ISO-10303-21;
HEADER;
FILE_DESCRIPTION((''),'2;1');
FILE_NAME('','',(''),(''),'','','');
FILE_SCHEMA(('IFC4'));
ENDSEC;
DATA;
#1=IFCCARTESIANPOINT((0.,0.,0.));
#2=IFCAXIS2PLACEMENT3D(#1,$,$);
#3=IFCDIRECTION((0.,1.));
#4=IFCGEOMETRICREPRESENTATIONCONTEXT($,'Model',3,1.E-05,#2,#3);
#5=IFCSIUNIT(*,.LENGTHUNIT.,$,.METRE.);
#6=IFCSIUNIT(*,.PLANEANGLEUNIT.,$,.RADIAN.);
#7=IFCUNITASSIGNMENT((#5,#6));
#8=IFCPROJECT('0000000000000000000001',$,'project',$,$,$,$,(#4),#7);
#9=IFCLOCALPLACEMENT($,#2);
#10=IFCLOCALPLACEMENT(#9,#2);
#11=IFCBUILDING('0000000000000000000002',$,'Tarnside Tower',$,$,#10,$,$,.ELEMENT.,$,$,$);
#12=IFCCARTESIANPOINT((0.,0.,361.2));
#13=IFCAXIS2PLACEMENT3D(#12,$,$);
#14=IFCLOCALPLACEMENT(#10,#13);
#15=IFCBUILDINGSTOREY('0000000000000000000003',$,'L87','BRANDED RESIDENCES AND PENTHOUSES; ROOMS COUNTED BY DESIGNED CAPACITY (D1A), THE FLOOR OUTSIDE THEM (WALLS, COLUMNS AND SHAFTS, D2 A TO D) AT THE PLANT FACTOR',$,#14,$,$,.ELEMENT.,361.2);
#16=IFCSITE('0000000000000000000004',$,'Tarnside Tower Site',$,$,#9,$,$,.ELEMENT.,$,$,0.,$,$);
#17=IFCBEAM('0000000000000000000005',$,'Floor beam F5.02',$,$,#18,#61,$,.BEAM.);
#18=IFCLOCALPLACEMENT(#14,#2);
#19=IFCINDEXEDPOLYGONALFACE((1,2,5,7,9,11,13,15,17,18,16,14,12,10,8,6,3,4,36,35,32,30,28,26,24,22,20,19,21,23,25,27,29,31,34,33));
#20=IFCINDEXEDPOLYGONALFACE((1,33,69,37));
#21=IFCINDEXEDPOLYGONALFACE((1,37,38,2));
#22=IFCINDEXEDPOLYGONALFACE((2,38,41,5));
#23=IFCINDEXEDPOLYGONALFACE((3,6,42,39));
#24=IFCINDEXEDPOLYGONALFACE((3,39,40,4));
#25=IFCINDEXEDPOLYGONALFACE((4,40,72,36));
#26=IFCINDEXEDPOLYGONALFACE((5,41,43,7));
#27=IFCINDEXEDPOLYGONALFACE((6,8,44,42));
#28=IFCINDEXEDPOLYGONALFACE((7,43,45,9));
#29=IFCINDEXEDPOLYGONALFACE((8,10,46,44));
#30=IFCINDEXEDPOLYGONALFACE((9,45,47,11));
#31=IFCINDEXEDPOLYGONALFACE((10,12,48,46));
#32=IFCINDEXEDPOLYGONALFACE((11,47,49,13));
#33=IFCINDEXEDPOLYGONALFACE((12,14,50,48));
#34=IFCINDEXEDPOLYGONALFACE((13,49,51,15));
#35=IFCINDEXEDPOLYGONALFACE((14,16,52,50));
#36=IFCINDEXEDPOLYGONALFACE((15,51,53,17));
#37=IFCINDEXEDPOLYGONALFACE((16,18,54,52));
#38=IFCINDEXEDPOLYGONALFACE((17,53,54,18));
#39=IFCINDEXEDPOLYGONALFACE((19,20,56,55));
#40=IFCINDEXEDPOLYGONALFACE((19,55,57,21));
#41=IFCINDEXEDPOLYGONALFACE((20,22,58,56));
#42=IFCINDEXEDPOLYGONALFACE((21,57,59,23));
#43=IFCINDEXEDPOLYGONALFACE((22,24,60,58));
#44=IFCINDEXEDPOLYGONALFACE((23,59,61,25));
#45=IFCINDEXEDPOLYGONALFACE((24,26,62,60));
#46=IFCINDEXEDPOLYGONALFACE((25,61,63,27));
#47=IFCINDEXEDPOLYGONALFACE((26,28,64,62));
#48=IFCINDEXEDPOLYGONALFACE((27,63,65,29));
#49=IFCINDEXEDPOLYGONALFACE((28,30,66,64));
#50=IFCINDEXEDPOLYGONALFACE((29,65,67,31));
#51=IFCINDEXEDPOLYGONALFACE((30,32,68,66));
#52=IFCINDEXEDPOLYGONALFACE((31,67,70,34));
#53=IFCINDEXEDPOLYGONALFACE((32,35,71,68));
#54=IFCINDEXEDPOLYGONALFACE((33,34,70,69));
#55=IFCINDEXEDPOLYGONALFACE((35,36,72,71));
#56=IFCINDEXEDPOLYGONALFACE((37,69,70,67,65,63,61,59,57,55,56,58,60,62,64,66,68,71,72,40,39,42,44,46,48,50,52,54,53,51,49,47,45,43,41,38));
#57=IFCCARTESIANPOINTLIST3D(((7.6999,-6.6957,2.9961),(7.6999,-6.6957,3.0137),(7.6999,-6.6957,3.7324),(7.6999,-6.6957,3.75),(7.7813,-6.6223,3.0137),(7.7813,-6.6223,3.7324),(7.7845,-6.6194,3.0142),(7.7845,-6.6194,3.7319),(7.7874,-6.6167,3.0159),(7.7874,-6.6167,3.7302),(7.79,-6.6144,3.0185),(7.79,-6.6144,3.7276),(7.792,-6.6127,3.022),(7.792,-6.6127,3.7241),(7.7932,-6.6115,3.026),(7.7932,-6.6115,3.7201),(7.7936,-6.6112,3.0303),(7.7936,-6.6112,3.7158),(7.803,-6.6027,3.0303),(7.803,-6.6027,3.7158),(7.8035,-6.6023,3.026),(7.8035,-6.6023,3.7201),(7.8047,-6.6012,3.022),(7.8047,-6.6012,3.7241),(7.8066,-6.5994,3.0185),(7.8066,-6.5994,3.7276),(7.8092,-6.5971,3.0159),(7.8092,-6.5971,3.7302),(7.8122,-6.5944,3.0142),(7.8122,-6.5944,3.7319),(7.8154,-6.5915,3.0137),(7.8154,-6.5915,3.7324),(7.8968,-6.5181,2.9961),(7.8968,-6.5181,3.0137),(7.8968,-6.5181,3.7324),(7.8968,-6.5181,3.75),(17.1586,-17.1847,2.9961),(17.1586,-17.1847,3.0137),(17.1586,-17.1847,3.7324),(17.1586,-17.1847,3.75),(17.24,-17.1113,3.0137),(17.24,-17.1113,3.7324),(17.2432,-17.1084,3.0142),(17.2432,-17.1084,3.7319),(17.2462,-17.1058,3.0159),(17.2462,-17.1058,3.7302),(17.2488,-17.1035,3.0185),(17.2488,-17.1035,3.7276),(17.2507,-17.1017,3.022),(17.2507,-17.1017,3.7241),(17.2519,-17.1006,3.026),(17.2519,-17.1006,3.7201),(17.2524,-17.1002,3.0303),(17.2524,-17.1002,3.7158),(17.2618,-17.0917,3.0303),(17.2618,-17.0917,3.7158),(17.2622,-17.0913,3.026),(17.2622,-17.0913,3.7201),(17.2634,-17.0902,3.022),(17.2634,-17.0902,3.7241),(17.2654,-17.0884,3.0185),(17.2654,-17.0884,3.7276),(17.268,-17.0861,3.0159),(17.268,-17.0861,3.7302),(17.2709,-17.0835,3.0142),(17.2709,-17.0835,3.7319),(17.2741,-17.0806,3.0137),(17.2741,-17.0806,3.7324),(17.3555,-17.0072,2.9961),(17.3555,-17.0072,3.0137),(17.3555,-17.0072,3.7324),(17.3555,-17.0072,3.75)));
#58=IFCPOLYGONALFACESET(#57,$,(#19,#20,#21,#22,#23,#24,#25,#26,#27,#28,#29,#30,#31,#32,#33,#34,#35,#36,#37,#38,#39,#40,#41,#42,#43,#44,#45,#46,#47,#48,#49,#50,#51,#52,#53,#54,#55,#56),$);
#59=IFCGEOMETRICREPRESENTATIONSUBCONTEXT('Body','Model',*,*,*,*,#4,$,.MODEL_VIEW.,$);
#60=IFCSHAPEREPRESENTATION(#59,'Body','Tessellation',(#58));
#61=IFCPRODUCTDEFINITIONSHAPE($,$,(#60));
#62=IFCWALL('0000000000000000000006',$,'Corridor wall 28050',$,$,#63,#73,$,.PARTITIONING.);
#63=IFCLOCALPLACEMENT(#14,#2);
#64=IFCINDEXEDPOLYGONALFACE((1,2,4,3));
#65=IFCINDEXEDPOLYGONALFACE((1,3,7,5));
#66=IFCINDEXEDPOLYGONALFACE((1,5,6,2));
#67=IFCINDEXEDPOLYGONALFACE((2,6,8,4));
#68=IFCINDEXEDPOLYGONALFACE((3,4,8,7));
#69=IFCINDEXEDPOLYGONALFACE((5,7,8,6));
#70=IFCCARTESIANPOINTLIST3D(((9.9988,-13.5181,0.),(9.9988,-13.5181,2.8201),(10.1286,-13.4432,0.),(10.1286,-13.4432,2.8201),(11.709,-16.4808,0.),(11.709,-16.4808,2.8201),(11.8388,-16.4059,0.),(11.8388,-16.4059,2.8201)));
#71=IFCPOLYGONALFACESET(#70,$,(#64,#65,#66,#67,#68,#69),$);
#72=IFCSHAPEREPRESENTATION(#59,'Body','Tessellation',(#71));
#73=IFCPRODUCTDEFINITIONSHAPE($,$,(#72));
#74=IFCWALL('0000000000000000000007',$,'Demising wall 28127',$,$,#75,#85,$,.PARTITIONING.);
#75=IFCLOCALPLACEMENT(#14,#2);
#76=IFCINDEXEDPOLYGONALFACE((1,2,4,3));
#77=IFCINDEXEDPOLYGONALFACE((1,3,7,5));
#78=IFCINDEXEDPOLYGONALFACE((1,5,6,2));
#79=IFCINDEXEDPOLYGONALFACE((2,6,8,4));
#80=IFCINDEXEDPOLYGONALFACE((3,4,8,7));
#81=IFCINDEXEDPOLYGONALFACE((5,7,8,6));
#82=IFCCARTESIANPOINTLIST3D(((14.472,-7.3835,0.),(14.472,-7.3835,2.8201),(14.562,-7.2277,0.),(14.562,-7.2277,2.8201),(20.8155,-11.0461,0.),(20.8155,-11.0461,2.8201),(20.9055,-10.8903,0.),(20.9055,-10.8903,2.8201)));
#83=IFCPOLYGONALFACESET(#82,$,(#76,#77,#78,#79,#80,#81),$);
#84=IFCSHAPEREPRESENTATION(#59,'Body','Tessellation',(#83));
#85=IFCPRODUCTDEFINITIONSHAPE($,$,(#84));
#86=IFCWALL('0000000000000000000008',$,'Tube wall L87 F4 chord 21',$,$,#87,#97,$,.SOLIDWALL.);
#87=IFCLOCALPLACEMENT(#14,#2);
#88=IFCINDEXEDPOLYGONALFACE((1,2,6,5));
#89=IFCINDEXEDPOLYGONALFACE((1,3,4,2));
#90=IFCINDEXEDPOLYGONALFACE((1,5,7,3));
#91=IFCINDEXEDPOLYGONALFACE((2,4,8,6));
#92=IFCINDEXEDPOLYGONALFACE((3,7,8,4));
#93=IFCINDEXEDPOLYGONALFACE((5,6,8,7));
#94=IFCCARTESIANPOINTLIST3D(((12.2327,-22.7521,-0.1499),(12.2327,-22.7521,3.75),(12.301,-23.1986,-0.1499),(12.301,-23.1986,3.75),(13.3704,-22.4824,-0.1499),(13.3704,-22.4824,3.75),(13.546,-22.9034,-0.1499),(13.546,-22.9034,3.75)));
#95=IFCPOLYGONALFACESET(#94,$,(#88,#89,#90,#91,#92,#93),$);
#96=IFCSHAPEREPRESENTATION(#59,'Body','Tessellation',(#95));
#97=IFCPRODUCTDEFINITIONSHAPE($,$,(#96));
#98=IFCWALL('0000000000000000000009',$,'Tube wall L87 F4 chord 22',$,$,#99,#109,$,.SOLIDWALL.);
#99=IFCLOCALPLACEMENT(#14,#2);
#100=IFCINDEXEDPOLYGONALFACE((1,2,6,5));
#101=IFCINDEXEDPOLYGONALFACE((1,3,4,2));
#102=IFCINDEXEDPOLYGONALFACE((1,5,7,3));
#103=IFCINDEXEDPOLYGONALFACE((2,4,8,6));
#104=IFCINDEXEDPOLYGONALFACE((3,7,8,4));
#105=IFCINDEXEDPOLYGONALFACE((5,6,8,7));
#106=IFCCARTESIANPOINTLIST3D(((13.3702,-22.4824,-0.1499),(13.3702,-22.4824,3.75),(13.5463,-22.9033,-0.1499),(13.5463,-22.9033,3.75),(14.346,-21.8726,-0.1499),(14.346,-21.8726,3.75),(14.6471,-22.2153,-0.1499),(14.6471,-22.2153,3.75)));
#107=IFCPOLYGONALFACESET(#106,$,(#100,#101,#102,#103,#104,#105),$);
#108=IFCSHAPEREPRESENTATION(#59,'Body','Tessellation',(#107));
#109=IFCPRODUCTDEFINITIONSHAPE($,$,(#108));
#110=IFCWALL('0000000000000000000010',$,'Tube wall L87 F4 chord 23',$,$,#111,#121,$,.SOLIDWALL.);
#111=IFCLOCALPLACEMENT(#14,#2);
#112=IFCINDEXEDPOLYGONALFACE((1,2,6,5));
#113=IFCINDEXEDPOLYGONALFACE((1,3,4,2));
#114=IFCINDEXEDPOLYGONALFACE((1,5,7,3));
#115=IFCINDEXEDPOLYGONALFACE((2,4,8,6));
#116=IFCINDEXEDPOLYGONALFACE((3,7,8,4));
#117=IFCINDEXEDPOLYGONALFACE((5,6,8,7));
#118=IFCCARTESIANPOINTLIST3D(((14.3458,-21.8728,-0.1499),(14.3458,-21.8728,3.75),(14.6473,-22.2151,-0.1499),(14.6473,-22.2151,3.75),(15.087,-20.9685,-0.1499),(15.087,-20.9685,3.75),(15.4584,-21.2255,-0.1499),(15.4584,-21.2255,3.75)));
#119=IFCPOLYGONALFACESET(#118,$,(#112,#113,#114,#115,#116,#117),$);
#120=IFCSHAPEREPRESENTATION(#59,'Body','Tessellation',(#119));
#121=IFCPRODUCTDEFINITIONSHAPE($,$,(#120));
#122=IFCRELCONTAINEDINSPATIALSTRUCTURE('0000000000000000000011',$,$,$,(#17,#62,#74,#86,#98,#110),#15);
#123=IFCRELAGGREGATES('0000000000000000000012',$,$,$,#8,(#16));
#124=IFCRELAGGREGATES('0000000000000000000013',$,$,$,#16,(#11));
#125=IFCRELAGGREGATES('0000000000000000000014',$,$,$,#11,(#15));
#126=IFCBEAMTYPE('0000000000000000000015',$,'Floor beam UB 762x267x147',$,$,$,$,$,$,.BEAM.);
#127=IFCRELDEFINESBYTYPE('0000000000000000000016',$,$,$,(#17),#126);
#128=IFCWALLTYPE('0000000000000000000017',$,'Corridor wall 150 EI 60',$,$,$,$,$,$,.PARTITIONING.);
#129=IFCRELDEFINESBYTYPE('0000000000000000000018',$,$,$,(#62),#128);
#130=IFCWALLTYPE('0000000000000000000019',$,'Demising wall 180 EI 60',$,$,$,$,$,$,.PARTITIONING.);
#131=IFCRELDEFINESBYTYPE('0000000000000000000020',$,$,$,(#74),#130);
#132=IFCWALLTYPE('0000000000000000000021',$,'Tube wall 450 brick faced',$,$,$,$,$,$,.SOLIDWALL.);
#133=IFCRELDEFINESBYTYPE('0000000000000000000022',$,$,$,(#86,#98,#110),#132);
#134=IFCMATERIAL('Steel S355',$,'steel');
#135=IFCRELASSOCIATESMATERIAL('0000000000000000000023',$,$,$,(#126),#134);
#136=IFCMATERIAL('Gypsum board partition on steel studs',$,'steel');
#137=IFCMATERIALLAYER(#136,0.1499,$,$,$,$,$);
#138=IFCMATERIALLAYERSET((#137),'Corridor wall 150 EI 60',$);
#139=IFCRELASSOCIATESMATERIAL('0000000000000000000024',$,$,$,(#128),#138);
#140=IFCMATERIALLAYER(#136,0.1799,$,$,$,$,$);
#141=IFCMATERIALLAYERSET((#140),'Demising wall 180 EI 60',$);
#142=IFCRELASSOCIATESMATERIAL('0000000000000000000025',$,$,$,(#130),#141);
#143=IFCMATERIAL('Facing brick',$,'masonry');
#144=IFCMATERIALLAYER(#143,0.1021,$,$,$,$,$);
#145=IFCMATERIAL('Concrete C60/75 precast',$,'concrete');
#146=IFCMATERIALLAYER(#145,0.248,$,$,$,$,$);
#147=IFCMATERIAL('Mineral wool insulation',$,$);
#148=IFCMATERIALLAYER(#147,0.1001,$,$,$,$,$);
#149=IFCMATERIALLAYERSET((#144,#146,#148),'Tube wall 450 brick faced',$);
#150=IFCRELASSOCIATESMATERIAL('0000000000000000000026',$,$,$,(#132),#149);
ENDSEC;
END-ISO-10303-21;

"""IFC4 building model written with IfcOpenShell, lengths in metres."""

from ifc_helpers import new_model, si_unit, direction, frame, frame_2d, origin, origin_2d, place, context, subcontext, project, spatial, polyline, rectangle, i_section, outline, extrude, material, layer, layer_set, material_profile, profile_set, type_object, element, save


model = new_model("IFC4")

# Units and contexts
model_context = context("Model", 3, precision=1e-05, world=origin(), true_north=direction((0.0, 1.0)))
body_context = subcontext(model_context, "Body", "Model", "MODEL_VIEW")
ifc_project = project(units=[si_unit("LENGTHUNIT", "METRE"), si_unit("PLANEANGLEUNIT", "RADIAN")], contexts=[model_context])

# Site, building, storey
site_placement = place(None, origin())
site = spatial("IfcSite", under=ifc_project, at=site_placement, Name="Tarnside Tower Site", CompositionType="ELEMENT", RefElevation=0.0)
building_placement = place(site_placement, origin())
building = spatial("IfcBuilding", under=site, at=building_placement, Name="Tarnside Tower", CompositionType="ELEMENT")
storey_placement = place(building_placement, frame((0.0, 0.0, 361.2)))
storey = spatial("IfcBuildingStorey", under=building, at=storey_placement, Name="L87", Description="BRANDED RESIDENCES AND PENTHOUSES; ROOMS COUNTED BY DESIGNED CAPACITY (D1A), THE FLOOR OUTSIDE THEM (WALLS, COLUMNS AND SHAFTS, D2 A TO D) AT THE PLANT FACTOR", CompositionType="ELEMENT", Elevation=361.2)

# Beam
ifc_material_1 = material(Name="Steel S355", Category="steel")
ifc_material_profile_1 = material_profile(ifc_material_1, i_section(OverallWidth=0.2651, OverallDepth=0.7539, WebThickness=0.0127, FlangeThickness=0.0176, FilletRadius=0.0166, at=origin_2d()), Name="UB 762x267x147")
ifc_profile_set_1 = profile_set([ifc_material_profile_1], Name="Steel S355")
beam_type_1 = type_object("IfcBeamType", Name="Floor beam UB 762x267x147", PredefinedType="BEAM", material=ifc_profile_set_1)
beam_1_placement = place(storey_placement, frame((17.2571, -17.0959, 3.373), z_axis=(-0.669693, 0.742638, 0.0), x_axis=(-0.742638, -0.669693, 0.0)))
element("IfcBeam", 1, at=beam_1_placement, inside=storey, type_object=beam_type_1, Name="Floor beam F5.02", PredefinedType="BEAM", context=body_context, shape_type="SweptSolid", body=[
    extrude(i_section(OverallWidth=0.2651, OverallDepth=0.7539, WebThickness=0.0127, FlangeThickness=0.0176, FilletRadius=0.0166, at=origin_2d()), origin(), (0.0, 0.0, 1.0), 14.124),
])

# Walls
ifc_material_2 = material(Name="Gypsum board partition on steel studs", Category="steel")
ifc_layer_1 = layer(ifc_material_2, 0.1499)
ifc_layer_set_1 = layer_set([ifc_layer_1], Name="Corridor wall 150 EI 60")
wall_type_1 = type_object("IfcWallType", Name="Corridor wall 150 EI 60", PredefinedType="PARTITIONING", material=ifc_layer_set_1)
wall_1_placement = place(storey_placement, frame((11.7739, -16.4434, 0.0), z_axis=(0.0, 0.0, 1.0), x_axis=(-0.499939, 0.866061, 0.0)))
element("IfcWall", 2, at=wall_1_placement, inside=storey, type_object=wall_type_1, Name="Corridor wall 28050", PredefinedType="PARTITIONING", context=body_context, shape_type="SweptSolid", body=[
    extrude(rectangle(XDim=3.4209, YDim=0.1499, at=frame_2d((1.7104, 0.0))), origin(), (0.0, 0.0, 1.0), 2.8201),
])
ifc_layer_2 = layer(ifc_material_2, 0.1799)
ifc_layer_set_2 = layer_set([ifc_layer_2], Name="Demising wall 180 EI 60")
wall_type_2 = type_object("IfcWallType", Name="Demising wall 180 EI 60", PredefinedType="PARTITIONING", material=ifc_layer_set_2)
wall_2_placement = place(storey_placement, frame((20.8606, -10.9683, 0.0), z_axis=(0.0, 0.0, 1.0), x_axis=(-0.866015, 0.500018, 0.0)))
element("IfcWall", 3, at=wall_2_placement, inside=storey, type_object=wall_type_2, Name="Demising wall 28127", PredefinedType="PARTITIONING", context=body_context, shape_type="SweptSolid", body=[
    extrude(rectangle(XDim=7.325, YDim=0.1799, at=frame_2d((3.6626, 0.0))), origin(), (0.0, 0.0, 1.0), 2.8201),
])
ifc_material_3 = material(Name="Facing brick", Category="masonry")
ifc_layer_3 = layer(ifc_material_3, 0.1021)
ifc_material_4 = material(Name="Concrete C60/75 precast", Category="concrete")
ifc_layer_4 = layer(ifc_material_4, 0.248)
ifc_material_5 = material(Name="Mineral wool insulation")
ifc_layer_5 = layer(ifc_material_5, 0.1001)
ifc_layer_set_3 = layer_set([ifc_layer_3, ifc_layer_4, ifc_layer_5], Name="Tube wall 450 brick faced")
wall_type_3 = type_object("IfcWallType", Name="Tube wall 450 brick faced", PredefinedType="SOLIDWALL", material=ifc_layer_set_3)
wall_3_placement = place(storey_placement, frame((12.2668, -22.9753, -0.1499), z_axis=(0.0, 0.0, 1.0), x_axis=(0.973026, 0.230695, 0.0)))
element("IfcWall", 4, at=wall_3_placement, inside=storey, type_object=wall_type_3, Name="Tube wall L87 F4 chord 21", PredefinedType="SOLIDWALL", context=body_context, shape_type="SweptSolid", body=[
    extrude(outline(polyline([(-0.0183, -0.2251), (1.2612, -0.2251), (1.1875, 0.2251), (0.0183, 0.2251), (-0.0183, -0.2251)])), origin(), (0.0, 0.0, 1.0), 3.8999),
])
wall_4_placement = place(storey_placement, frame((13.4583, -22.6929, -0.1499), z_axis=(0.0, 0.0, 1.0), x_axis=(0.84801, 0.529981, 0.0)))
element("IfcWall", 5, at=wall_4_placement, inside=storey, type_object=wall_type_3, Name="Tube wall L87 F4 chord 22", PredefinedType="SOLIDWALL", context=body_context, shape_type="SweptSolid", body=[
    extrude(outline(polyline([(-0.0369, -0.2251), (1.2612, -0.2251), (1.1875, 0.2251), (0.0369, 0.2251), (-0.0369, -0.2251)])), origin(), (0.0, 0.0, 1.0), 3.8999),
])
wall_5_placement = place(storey_placement, frame((14.4966, -22.0439, -0.1499), z_axis=(0.0, 0.0, 1.0), x_axis=(0.633867, 0.773442, 0.0)))
element("IfcWall", 6, at=wall_5_placement, inside=storey, type_object=wall_type_3, Name="Tube wall L87 F4 chord 23", PredefinedType="SOLIDWALL", context=body_context, shape_type="SweptSolid", body=[
    extrude(outline(polyline([(-0.0369, -0.2251), (1.2427, -0.2251), (1.2061, 0.2251), (0.0369, 0.2251), (-0.0369, -0.2251)])), origin(), (0.0, 0.0, 1.0), 3.8999),
])

save(model, "model.ifc")
